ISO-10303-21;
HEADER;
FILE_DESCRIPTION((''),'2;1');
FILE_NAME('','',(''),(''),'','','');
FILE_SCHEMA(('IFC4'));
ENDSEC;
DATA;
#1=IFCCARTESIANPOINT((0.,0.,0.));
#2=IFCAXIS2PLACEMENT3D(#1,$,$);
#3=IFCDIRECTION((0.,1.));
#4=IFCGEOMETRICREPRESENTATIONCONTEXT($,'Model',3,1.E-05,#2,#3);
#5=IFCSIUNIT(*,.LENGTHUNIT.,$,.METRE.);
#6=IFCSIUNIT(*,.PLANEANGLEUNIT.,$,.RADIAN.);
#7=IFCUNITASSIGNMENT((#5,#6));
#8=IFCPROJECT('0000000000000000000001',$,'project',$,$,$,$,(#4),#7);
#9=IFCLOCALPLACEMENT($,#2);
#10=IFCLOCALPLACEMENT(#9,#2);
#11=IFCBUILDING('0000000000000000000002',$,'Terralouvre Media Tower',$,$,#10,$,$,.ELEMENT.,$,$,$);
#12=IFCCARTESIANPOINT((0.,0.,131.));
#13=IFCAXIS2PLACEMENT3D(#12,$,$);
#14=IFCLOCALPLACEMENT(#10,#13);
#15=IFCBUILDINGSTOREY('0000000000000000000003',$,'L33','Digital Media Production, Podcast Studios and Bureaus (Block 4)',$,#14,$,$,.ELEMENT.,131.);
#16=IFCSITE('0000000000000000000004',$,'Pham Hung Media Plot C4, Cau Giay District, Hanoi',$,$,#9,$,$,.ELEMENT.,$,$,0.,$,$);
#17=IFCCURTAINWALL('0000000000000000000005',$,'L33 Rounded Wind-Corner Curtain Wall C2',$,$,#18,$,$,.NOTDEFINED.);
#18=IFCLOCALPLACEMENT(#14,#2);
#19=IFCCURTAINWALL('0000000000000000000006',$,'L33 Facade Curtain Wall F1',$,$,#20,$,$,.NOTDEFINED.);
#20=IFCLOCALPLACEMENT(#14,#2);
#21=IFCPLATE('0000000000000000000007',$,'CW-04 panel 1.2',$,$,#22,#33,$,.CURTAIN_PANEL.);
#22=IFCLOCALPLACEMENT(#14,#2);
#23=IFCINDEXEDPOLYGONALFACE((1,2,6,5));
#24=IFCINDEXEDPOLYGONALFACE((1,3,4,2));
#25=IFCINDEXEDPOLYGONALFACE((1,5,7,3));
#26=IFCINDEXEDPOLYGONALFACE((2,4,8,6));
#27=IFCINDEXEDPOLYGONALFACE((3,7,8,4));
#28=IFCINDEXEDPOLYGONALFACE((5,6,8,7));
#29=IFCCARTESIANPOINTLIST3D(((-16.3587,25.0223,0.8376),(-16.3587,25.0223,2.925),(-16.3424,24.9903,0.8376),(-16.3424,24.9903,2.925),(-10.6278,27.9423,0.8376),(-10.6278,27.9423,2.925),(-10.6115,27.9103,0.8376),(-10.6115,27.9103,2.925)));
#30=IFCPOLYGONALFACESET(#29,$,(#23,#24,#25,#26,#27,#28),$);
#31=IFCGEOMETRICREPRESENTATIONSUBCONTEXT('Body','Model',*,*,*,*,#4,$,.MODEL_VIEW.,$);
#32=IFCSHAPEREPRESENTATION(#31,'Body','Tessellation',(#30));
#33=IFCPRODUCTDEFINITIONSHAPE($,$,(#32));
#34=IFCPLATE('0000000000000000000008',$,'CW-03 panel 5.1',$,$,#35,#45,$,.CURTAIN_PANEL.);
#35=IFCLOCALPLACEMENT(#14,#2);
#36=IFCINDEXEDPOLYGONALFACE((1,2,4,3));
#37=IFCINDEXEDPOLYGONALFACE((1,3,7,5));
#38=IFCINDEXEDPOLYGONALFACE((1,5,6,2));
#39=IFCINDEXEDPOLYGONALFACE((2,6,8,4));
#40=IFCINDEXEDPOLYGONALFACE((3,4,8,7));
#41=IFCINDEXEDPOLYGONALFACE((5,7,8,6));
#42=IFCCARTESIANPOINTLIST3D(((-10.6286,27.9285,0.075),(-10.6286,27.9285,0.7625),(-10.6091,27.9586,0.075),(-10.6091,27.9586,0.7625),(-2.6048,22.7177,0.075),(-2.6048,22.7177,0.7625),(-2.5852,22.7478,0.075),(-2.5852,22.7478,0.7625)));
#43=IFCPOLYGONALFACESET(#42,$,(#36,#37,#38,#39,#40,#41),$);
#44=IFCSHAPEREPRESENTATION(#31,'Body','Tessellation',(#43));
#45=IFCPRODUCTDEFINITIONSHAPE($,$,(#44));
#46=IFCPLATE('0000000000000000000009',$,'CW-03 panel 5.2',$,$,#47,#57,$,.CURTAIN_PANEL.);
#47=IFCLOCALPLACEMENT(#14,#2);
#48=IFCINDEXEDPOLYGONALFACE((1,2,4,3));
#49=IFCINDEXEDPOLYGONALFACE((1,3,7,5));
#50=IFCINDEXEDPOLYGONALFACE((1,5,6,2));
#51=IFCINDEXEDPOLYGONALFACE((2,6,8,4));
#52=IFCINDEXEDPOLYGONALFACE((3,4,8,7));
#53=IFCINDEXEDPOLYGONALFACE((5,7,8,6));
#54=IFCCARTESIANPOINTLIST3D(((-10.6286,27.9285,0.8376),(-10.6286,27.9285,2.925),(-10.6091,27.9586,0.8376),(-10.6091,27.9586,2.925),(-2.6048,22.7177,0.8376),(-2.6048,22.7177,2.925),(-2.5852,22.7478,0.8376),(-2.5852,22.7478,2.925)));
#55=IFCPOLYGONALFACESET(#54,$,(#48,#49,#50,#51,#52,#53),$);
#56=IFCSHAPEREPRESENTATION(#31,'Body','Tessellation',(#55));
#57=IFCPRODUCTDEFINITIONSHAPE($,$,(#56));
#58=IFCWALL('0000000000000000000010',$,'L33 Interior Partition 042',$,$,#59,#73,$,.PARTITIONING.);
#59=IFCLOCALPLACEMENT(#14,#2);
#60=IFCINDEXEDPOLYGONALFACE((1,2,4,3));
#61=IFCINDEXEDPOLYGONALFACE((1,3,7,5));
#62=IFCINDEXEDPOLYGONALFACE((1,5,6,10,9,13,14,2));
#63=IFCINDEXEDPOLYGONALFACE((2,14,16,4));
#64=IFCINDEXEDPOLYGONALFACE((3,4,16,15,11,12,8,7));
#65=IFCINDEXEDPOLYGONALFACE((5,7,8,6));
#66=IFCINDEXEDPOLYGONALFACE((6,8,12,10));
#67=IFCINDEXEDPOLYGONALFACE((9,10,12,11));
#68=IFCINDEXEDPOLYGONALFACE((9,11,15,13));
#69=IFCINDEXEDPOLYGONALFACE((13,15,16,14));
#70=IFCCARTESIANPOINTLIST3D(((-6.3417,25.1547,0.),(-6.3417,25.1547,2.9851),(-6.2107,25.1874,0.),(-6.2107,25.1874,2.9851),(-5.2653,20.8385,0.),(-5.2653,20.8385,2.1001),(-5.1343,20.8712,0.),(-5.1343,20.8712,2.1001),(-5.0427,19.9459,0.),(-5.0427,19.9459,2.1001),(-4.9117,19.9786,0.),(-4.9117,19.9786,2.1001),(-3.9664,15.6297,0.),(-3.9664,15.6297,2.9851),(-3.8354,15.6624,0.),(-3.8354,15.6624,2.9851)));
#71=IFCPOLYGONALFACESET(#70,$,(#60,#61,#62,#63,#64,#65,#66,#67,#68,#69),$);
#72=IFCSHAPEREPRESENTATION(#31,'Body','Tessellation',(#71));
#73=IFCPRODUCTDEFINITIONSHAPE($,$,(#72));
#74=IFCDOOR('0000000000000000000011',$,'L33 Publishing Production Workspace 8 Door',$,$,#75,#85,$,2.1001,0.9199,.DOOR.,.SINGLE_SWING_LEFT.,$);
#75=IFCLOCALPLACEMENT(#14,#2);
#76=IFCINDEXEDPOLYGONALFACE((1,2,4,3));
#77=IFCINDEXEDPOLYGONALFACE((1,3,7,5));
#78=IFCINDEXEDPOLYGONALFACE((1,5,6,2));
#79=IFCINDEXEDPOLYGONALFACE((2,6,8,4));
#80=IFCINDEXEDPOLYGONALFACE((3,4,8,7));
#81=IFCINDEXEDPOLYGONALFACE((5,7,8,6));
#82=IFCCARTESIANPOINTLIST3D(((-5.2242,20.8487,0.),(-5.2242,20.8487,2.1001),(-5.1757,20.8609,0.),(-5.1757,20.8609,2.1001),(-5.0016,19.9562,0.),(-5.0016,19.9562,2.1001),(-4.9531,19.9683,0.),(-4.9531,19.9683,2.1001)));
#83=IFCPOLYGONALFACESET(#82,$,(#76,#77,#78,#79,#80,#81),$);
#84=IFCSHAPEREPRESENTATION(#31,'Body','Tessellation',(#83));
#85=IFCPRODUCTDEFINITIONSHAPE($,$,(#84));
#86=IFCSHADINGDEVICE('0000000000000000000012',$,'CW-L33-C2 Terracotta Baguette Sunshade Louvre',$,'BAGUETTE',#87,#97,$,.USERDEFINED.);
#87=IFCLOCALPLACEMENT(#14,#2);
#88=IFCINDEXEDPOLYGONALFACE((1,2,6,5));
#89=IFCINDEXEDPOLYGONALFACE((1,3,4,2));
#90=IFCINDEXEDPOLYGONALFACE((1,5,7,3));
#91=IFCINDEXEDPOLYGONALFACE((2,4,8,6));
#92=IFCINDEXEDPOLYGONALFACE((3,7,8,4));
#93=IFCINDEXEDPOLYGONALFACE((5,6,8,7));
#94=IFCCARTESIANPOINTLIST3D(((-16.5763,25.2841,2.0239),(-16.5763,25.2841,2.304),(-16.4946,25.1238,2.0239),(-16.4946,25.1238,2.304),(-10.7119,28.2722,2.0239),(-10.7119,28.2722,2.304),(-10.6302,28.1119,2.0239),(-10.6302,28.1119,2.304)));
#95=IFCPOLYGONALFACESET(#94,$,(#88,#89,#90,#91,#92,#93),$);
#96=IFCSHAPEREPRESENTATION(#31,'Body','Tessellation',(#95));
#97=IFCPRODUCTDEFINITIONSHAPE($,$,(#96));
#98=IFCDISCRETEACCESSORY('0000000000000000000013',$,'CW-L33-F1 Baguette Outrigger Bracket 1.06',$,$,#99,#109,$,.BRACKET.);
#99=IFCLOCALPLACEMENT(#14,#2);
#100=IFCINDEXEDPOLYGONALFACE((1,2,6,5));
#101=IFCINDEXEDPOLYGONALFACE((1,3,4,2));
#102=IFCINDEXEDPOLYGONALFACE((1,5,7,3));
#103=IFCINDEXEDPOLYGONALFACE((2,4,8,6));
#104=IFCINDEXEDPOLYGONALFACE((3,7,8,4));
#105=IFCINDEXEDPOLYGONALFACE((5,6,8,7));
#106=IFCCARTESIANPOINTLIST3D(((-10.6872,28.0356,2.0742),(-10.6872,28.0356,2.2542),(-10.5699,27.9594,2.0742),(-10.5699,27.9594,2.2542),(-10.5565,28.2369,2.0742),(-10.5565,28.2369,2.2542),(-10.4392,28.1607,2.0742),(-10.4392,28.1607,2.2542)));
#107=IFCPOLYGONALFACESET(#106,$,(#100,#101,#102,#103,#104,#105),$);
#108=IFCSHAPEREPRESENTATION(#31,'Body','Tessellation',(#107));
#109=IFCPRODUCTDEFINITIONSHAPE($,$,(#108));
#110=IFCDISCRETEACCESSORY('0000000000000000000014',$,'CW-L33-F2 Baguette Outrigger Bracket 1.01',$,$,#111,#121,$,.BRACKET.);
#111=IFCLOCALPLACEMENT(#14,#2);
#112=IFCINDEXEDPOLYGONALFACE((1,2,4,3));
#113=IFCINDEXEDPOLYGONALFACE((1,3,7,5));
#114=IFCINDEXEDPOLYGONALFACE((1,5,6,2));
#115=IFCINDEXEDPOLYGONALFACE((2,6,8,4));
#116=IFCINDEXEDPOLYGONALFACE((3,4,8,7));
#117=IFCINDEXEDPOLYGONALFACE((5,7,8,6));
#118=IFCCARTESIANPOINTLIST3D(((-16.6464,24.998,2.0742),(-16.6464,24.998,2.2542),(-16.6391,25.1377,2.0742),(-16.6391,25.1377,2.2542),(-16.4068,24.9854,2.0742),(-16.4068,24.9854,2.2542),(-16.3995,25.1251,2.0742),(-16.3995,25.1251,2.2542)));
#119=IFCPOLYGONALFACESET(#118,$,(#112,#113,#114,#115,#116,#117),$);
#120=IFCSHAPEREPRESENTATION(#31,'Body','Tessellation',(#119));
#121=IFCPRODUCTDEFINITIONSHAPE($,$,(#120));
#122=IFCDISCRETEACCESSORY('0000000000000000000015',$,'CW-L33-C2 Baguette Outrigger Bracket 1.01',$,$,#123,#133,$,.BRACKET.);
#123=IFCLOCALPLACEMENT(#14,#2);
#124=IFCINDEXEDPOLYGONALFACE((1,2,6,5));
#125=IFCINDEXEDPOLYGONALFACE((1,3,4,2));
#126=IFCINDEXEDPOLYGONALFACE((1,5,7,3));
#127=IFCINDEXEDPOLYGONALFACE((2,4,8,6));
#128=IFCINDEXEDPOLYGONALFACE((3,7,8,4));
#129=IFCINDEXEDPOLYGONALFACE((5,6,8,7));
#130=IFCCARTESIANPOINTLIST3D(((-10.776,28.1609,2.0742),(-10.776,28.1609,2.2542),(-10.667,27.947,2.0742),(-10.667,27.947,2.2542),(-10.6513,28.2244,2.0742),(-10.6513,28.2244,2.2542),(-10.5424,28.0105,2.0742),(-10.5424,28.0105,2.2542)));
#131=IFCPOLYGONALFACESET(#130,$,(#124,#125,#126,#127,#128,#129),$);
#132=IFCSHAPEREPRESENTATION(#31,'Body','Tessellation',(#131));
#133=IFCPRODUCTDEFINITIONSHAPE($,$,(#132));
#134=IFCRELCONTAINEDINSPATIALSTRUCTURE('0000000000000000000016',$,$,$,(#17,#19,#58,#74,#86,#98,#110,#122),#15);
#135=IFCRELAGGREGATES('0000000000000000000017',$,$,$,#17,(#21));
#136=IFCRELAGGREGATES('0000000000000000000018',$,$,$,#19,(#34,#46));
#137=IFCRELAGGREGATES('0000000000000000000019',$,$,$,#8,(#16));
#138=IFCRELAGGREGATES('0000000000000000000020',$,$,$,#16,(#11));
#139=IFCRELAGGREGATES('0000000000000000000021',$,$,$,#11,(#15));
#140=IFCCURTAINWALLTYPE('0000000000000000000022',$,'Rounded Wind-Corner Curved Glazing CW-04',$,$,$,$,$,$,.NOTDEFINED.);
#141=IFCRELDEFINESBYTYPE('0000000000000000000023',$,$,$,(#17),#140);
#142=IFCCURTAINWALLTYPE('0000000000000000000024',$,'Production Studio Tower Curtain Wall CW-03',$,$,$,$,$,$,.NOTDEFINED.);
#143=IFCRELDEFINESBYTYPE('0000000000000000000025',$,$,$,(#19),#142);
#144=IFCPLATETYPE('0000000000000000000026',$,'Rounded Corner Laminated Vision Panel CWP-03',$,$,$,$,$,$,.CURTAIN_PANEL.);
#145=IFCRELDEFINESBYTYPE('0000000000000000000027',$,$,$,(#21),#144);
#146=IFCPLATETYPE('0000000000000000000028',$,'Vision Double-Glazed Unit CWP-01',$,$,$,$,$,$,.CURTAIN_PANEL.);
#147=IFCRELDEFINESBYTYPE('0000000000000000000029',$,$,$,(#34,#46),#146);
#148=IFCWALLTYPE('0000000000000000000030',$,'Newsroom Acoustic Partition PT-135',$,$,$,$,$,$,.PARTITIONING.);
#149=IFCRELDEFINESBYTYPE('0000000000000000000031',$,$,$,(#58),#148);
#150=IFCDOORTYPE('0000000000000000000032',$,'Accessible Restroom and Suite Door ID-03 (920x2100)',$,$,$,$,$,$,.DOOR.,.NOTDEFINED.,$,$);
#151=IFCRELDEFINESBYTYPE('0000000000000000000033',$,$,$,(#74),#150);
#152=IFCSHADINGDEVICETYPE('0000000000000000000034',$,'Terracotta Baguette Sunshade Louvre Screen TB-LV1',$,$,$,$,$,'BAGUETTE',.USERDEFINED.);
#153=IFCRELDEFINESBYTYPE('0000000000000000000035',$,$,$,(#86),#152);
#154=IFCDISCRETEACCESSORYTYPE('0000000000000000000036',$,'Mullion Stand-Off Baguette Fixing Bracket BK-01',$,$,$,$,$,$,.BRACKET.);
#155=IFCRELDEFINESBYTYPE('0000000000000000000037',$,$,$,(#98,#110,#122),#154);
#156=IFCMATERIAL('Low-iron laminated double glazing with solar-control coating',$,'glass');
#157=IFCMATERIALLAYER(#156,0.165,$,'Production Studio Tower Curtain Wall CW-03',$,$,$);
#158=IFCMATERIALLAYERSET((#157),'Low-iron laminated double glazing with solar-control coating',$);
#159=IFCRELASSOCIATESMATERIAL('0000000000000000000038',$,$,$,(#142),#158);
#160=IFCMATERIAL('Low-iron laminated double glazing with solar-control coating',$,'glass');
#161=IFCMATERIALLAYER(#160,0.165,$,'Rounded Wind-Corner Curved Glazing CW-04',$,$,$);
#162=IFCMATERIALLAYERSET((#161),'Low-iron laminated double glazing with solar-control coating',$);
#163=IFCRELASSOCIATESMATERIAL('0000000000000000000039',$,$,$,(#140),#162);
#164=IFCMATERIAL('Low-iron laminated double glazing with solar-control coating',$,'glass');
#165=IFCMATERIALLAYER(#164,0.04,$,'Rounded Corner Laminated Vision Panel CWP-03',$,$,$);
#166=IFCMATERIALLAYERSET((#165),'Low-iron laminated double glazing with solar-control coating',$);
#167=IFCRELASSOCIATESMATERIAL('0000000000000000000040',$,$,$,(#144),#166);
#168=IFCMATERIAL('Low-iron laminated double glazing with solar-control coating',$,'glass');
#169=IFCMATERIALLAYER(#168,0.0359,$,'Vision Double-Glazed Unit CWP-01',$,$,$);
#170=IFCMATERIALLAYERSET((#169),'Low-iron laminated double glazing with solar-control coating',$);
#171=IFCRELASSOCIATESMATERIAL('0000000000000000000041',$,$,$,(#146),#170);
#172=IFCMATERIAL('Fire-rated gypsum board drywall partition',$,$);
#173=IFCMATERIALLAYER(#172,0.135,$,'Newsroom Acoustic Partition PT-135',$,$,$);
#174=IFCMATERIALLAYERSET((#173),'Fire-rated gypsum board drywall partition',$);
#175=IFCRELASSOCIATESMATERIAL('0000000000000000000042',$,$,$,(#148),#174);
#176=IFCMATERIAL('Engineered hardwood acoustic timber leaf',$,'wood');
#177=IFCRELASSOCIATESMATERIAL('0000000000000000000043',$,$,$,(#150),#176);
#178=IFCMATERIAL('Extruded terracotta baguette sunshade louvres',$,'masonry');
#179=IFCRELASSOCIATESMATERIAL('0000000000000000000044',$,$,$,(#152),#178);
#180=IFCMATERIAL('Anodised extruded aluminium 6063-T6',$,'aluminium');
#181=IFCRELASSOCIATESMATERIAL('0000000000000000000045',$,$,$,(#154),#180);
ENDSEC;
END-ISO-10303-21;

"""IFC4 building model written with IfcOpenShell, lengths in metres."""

from ifc_helpers import new_model, si_unit, direction, frame, frame_2d, origin, origin_2d, place, context, subcontext, project, spatial, rectangle, extrude, material, layer, layer_set, type_object, element, fill, aggregate, save


model = new_model("IFC4")

# Units and contexts
model_context = context("Model", 3, precision=1e-05, world=origin(), true_north=direction((0.0, 1.0)))
body_context = subcontext(model_context, "Body", "Model", "MODEL_VIEW")
ifc_project = project(units=[si_unit("LENGTHUNIT", "METRE"), si_unit("PLANEANGLEUNIT", "RADIAN")], contexts=[model_context])

# Site, building, storey
site_placement = place(None, origin())
site = spatial("IfcSite", under=ifc_project, at=site_placement, Name="Pham Hung Media Plot C4, Cau Giay District, Hanoi", CompositionType="ELEMENT", RefElevation=0.0)
building_placement = place(site_placement, origin())
building = spatial("IfcBuilding", under=site, at=building_placement, Name="Terralouvre Media Tower", CompositionType="ELEMENT")
storey_placement = place(building_placement, frame((0.0, 0.0, 131.0)))
storey = spatial("IfcBuildingStorey", under=building, at=storey_placement, Name="L33", Description="Digital Media Production, Podcast Studios and Bureaus (Block 4)", CompositionType="ELEMENT", Elevation=131.0)

# Curtain wall
ifc_material_1 = material(Name="Low-iron laminated double glazing with solar-control coating", Category="glass")
ifc_layer_1 = layer(ifc_material_1, 0.165, Name="Production Studio Tower Curtain Wall CW-03")
ifc_layer_set_1 = layer_set([ifc_layer_1], Name="Low-iron laminated double glazing with solar-control coating")
curtain_wall_type_1 = type_object("IfcCurtainWallType", Name="Production Studio Tower Curtain Wall CW-03", PredefinedType="NOTDEFINED", material=ifc_layer_set_1)
ifc_material_2 = material(Name="Low-iron laminated double glazing with solar-control coating", Category="glass")
ifc_layer_2 = layer(ifc_material_2, 0.165, Name="Rounded Wind-Corner Curved Glazing CW-04")
ifc_layer_set_2 = layer_set([ifc_layer_2], Name="Low-iron laminated double glazing with solar-control coating")
curtain_wall_type_2 = type_object("IfcCurtainWallType", Name="Rounded Wind-Corner Curved Glazing CW-04", PredefinedType="NOTDEFINED", material=ifc_layer_set_2)
curtain_wall_1_placement = place(storey_placement, origin())
curtain_wall_1 = element("IfcCurtainWall", 1, at=curtain_wall_1_placement, inside=storey, type_object=curtain_wall_type_2, Name="L33 Rounded Wind-Corner Curtain Wall C2", PredefinedType="NOTDEFINED")

# Curtain wall
curtain_wall_2_placement = place(storey_placement, origin())
curtain_wall_2 = element("IfcCurtainWall", 2, at=curtain_wall_2_placement, inside=storey, type_object=curtain_wall_type_1, Name="L33 Facade Curtain Wall F1", PredefinedType="NOTDEFINED")

# Plates
ifc_material_3 = material(Name="Low-iron laminated double glazing with solar-control coating", Category="glass")
ifc_layer_3 = layer(ifc_material_3, 0.04, Name="Rounded Corner Laminated Vision Panel CWP-03")
ifc_layer_set_3 = layer_set([ifc_layer_3], Name="Low-iron laminated double glazing with solar-control coating")
plate_type_1 = type_object("IfcPlateType", Name="Rounded Corner Laminated Vision Panel CWP-03", PredefinedType="CURTAIN_PANEL", material=ifc_layer_set_3)
plate_1_placement = place(storey_placement, frame((-13.4851, 26.4663, 0.8376), z_axis=(0.0, 0.0, 1.0), x_axis=(-0.891007, -0.45399, 0.0)))
plate_1 = element("IfcPlate", 3, at=plate_1_placement, type_object=plate_type_1, Name="CW-04 panel 1.2", PredefinedType="CURTAIN_PANEL", context=body_context, shape_type="SweptSolid", body=[
    extrude(rectangle(XDim=6.4319, YDim=0.0359, at=origin_2d()), origin(), (0.0, 0.0, 1.0), 2.0874),
])
aggregate(curtain_wall_1, [plate_1])
ifc_material_4 = material(Name="Low-iron laminated double glazing with solar-control coating", Category="glass")
ifc_layer_4 = layer(ifc_material_4, 0.0359, Name="Vision Double-Glazed Unit CWP-01")
ifc_layer_set_4 = layer_set([ifc_layer_4], Name="Low-iron laminated double glazing with solar-control coating")
plate_type_2 = type_object("IfcPlateType", Name="Vision Double-Glazed Unit CWP-01", PredefinedType="CURTAIN_PANEL", material=ifc_layer_set_4)
plate_2_placement = place(storey_placement, frame((-6.6069, 25.3381, 0.075), z_axis=(0.0, 0.0, 1.0), x_axis=(-0.838671, 0.544639, 0.0)))
plate_2 = element("IfcPlate", 4, at=plate_2_placement, type_object=plate_type_2, Name="CW-03 panel 5.1", PredefinedType="CURTAIN_PANEL", context=body_context, shape_type="SweptSolid", body=[
    extrude(rectangle(XDim=9.5674, YDim=0.0359, at=origin_2d()), origin(), (0.0, 0.0, 1.0), 0.6875),
])
plate_3_placement = place(storey_placement, frame((-6.6069, 25.3381, 0.8376), z_axis=(0.0, 0.0, 1.0), x_axis=(-0.838671, 0.544639, 0.0)))
plate_3 = element("IfcPlate", 5, at=plate_3_placement, type_object=plate_type_2, Name="CW-03 panel 5.2", PredefinedType="CURTAIN_PANEL", context=body_context, shape_type="SweptSolid", body=[
    extrude(rectangle(XDim=9.5674, YDim=0.0359, at=origin_2d()), origin(), (0.0, 0.0, 1.0), 2.0874),
])
aggregate(curtain_wall_2, [plate_2, plate_3])

# Wall, opening, door
ifc_material_5 = material(Name="Fire-rated gypsum board drywall partition")
ifc_layer_5 = layer(ifc_material_5, 0.135, Name="Newsroom Acoustic Partition PT-135")
ifc_layer_set_5 = layer_set([ifc_layer_5], Name="Fire-rated gypsum board drywall partition")
wall_type = type_object("IfcWallType", Name="Newsroom Acoustic Partition PT-135", PredefinedType="PARTITIONING", material=ifc_layer_set_5)
wall_placement = place(storey_placement, frame((-6.2761, 25.1709, 0.0), z_axis=(0.0, 0.0, 1.0), x_axis=(0.241962, -0.970286, 0.0)))
wall = element("IfcWall", 6, at=wall_placement, inside=storey, type_object=wall_type, Name="L33 Interior Partition 042", PredefinedType="PARTITIONING", context=body_context, shape_type="SweptSolid", body=[
    extrude(rectangle(XDim=9.8167, YDim=0.135, at=frame_2d((4.9082, 0.0))), origin(), (0.0, 0.0, 1.0), 2.9851),
])
opening_placement = place(wall_placement, frame((4.4482, 0.0, 0.0)))
opening = element("IfcOpeningElement", 7, at=opening_placement, cuts=wall, PredefinedType="OPENING", context=body_context, shape_type="SweptSolid", body=[
    extrude(rectangle(XDim=0.9199, YDim=2.1001, at=frame_2d((0.46, 1.05))), frame((0.0, 0.0774, 0.0), z_axis=(0.0, -1.0, 0.0), x_axis=(1.0, 0.0, 0.0)), (0.0, 0.0, 1.0), 0.155),
])
ifc_material_6 = material(Name="Engineered hardwood acoustic timber leaf", Category="wood")
door_type = type_object("IfcDoorType", Name="Accessible Restroom and Suite Door ID-03 (920x2100)", OperationType="NOTDEFINED", PredefinedType="DOOR", material=ifc_material_6)
door_placement = place(opening_placement, origin())
door = element("IfcDoor", 8, at=door_placement, inside=storey, type_object=door_type, Name="L33 Publishing Production Workspace 8 Door", OperationType="SINGLE_SWING_LEFT", OverallHeight=2.1001, OverallWidth=0.9199, PredefinedType="DOOR", context=body_context, shape_type="SweptSolid", body=[
    extrude(rectangle(XDim=0.9199, YDim=2.1001, at=frame_2d((0.46, 1.05))), frame((0.0, 0.0249, 0.0), z_axis=(0.0, -1.0, 0.0), x_axis=(1.0, 0.0, 0.0)), (0.0, 0.0, 1.0), 0.05),
])
fill(opening, door)

# Shading device
ifc_material_7 = material(Name="Extruded terracotta baguette sunshade louvres", Category="masonry")
shading_device_type = type_object("IfcShadingDeviceType", Name="Terracotta Baguette Sunshade Louvre Screen TB-LV1", ElementType="BAGUETTE", PredefinedType="USERDEFINED", material=ifc_material_7)
shading_device_placement = place(storey_placement, frame((-13.6033, 26.698, 2.0239), z_axis=(0.0, 0.0, 1.0), x_axis=(-0.891007, -0.45399, 0.0)))
element("IfcShadingDevice", 9, at=shading_device_placement, inside=storey, type_object=shading_device_type, Name="CW-L33-C2 Terracotta Baguette Sunshade Louvre", ObjectType="BAGUETTE", PredefinedType="USERDEFINED", context=body_context, shape_type="SweptSolid", body=[
    extrude(rectangle(XDim=6.5818, YDim=0.1799, at=origin_2d()), origin(), (0.0, 0.0, 1.0), 0.28),
])

# Discrete accessories
ifc_material_8 = material(Name="Anodised extruded aluminium 6063-T6", Category="aluminium")
discrete_accessory_type = type_object("IfcDiscreteAccessoryType", Name="Mullion Stand-Off Baguette Fixing Bracket BK-01", PredefinedType="BRACKET", material=ifc_material_8)
for number, where, z_axis, x_axis, name in (
    (10, (-10.5632, 28.0981, 2.0742), (0.0, 0.0, 1.0), (-0.838671, 0.544639, 0.0), "CW-L33-F1 Baguette Outrigger Bracket 1.06"),
    (11, (-16.5229, 25.0615, 2.0742), (0.0, 0.0, 1.0), (-0.052336, -0.99863, 0.0), "CW-L33-F2 Baguette Outrigger Bracket 1.01"),
    (12, (-10.6592, 28.0857, 2.0742), (0.0, 0.0, 1.0), (-0.891007, -0.45399, 0.0), "CW-L33-C2 Baguette Outrigger Bracket 1.01"),
):
    element("IfcDiscreteAccessory", number, at=place(storey_placement, frame(where, z_axis=z_axis, x_axis=x_axis)), inside=storey, type_object=discrete_accessory_type, Name=name, PredefinedType="BRACKET", context=body_context, shape_type="SweptSolid", body=[
        extrude(rectangle(XDim=0.1399, YDim=0.24, at=origin_2d()), origin(), (0.0, 0.0, 1.0), 0.1799),
    ])

save(model, "model.ifc")
